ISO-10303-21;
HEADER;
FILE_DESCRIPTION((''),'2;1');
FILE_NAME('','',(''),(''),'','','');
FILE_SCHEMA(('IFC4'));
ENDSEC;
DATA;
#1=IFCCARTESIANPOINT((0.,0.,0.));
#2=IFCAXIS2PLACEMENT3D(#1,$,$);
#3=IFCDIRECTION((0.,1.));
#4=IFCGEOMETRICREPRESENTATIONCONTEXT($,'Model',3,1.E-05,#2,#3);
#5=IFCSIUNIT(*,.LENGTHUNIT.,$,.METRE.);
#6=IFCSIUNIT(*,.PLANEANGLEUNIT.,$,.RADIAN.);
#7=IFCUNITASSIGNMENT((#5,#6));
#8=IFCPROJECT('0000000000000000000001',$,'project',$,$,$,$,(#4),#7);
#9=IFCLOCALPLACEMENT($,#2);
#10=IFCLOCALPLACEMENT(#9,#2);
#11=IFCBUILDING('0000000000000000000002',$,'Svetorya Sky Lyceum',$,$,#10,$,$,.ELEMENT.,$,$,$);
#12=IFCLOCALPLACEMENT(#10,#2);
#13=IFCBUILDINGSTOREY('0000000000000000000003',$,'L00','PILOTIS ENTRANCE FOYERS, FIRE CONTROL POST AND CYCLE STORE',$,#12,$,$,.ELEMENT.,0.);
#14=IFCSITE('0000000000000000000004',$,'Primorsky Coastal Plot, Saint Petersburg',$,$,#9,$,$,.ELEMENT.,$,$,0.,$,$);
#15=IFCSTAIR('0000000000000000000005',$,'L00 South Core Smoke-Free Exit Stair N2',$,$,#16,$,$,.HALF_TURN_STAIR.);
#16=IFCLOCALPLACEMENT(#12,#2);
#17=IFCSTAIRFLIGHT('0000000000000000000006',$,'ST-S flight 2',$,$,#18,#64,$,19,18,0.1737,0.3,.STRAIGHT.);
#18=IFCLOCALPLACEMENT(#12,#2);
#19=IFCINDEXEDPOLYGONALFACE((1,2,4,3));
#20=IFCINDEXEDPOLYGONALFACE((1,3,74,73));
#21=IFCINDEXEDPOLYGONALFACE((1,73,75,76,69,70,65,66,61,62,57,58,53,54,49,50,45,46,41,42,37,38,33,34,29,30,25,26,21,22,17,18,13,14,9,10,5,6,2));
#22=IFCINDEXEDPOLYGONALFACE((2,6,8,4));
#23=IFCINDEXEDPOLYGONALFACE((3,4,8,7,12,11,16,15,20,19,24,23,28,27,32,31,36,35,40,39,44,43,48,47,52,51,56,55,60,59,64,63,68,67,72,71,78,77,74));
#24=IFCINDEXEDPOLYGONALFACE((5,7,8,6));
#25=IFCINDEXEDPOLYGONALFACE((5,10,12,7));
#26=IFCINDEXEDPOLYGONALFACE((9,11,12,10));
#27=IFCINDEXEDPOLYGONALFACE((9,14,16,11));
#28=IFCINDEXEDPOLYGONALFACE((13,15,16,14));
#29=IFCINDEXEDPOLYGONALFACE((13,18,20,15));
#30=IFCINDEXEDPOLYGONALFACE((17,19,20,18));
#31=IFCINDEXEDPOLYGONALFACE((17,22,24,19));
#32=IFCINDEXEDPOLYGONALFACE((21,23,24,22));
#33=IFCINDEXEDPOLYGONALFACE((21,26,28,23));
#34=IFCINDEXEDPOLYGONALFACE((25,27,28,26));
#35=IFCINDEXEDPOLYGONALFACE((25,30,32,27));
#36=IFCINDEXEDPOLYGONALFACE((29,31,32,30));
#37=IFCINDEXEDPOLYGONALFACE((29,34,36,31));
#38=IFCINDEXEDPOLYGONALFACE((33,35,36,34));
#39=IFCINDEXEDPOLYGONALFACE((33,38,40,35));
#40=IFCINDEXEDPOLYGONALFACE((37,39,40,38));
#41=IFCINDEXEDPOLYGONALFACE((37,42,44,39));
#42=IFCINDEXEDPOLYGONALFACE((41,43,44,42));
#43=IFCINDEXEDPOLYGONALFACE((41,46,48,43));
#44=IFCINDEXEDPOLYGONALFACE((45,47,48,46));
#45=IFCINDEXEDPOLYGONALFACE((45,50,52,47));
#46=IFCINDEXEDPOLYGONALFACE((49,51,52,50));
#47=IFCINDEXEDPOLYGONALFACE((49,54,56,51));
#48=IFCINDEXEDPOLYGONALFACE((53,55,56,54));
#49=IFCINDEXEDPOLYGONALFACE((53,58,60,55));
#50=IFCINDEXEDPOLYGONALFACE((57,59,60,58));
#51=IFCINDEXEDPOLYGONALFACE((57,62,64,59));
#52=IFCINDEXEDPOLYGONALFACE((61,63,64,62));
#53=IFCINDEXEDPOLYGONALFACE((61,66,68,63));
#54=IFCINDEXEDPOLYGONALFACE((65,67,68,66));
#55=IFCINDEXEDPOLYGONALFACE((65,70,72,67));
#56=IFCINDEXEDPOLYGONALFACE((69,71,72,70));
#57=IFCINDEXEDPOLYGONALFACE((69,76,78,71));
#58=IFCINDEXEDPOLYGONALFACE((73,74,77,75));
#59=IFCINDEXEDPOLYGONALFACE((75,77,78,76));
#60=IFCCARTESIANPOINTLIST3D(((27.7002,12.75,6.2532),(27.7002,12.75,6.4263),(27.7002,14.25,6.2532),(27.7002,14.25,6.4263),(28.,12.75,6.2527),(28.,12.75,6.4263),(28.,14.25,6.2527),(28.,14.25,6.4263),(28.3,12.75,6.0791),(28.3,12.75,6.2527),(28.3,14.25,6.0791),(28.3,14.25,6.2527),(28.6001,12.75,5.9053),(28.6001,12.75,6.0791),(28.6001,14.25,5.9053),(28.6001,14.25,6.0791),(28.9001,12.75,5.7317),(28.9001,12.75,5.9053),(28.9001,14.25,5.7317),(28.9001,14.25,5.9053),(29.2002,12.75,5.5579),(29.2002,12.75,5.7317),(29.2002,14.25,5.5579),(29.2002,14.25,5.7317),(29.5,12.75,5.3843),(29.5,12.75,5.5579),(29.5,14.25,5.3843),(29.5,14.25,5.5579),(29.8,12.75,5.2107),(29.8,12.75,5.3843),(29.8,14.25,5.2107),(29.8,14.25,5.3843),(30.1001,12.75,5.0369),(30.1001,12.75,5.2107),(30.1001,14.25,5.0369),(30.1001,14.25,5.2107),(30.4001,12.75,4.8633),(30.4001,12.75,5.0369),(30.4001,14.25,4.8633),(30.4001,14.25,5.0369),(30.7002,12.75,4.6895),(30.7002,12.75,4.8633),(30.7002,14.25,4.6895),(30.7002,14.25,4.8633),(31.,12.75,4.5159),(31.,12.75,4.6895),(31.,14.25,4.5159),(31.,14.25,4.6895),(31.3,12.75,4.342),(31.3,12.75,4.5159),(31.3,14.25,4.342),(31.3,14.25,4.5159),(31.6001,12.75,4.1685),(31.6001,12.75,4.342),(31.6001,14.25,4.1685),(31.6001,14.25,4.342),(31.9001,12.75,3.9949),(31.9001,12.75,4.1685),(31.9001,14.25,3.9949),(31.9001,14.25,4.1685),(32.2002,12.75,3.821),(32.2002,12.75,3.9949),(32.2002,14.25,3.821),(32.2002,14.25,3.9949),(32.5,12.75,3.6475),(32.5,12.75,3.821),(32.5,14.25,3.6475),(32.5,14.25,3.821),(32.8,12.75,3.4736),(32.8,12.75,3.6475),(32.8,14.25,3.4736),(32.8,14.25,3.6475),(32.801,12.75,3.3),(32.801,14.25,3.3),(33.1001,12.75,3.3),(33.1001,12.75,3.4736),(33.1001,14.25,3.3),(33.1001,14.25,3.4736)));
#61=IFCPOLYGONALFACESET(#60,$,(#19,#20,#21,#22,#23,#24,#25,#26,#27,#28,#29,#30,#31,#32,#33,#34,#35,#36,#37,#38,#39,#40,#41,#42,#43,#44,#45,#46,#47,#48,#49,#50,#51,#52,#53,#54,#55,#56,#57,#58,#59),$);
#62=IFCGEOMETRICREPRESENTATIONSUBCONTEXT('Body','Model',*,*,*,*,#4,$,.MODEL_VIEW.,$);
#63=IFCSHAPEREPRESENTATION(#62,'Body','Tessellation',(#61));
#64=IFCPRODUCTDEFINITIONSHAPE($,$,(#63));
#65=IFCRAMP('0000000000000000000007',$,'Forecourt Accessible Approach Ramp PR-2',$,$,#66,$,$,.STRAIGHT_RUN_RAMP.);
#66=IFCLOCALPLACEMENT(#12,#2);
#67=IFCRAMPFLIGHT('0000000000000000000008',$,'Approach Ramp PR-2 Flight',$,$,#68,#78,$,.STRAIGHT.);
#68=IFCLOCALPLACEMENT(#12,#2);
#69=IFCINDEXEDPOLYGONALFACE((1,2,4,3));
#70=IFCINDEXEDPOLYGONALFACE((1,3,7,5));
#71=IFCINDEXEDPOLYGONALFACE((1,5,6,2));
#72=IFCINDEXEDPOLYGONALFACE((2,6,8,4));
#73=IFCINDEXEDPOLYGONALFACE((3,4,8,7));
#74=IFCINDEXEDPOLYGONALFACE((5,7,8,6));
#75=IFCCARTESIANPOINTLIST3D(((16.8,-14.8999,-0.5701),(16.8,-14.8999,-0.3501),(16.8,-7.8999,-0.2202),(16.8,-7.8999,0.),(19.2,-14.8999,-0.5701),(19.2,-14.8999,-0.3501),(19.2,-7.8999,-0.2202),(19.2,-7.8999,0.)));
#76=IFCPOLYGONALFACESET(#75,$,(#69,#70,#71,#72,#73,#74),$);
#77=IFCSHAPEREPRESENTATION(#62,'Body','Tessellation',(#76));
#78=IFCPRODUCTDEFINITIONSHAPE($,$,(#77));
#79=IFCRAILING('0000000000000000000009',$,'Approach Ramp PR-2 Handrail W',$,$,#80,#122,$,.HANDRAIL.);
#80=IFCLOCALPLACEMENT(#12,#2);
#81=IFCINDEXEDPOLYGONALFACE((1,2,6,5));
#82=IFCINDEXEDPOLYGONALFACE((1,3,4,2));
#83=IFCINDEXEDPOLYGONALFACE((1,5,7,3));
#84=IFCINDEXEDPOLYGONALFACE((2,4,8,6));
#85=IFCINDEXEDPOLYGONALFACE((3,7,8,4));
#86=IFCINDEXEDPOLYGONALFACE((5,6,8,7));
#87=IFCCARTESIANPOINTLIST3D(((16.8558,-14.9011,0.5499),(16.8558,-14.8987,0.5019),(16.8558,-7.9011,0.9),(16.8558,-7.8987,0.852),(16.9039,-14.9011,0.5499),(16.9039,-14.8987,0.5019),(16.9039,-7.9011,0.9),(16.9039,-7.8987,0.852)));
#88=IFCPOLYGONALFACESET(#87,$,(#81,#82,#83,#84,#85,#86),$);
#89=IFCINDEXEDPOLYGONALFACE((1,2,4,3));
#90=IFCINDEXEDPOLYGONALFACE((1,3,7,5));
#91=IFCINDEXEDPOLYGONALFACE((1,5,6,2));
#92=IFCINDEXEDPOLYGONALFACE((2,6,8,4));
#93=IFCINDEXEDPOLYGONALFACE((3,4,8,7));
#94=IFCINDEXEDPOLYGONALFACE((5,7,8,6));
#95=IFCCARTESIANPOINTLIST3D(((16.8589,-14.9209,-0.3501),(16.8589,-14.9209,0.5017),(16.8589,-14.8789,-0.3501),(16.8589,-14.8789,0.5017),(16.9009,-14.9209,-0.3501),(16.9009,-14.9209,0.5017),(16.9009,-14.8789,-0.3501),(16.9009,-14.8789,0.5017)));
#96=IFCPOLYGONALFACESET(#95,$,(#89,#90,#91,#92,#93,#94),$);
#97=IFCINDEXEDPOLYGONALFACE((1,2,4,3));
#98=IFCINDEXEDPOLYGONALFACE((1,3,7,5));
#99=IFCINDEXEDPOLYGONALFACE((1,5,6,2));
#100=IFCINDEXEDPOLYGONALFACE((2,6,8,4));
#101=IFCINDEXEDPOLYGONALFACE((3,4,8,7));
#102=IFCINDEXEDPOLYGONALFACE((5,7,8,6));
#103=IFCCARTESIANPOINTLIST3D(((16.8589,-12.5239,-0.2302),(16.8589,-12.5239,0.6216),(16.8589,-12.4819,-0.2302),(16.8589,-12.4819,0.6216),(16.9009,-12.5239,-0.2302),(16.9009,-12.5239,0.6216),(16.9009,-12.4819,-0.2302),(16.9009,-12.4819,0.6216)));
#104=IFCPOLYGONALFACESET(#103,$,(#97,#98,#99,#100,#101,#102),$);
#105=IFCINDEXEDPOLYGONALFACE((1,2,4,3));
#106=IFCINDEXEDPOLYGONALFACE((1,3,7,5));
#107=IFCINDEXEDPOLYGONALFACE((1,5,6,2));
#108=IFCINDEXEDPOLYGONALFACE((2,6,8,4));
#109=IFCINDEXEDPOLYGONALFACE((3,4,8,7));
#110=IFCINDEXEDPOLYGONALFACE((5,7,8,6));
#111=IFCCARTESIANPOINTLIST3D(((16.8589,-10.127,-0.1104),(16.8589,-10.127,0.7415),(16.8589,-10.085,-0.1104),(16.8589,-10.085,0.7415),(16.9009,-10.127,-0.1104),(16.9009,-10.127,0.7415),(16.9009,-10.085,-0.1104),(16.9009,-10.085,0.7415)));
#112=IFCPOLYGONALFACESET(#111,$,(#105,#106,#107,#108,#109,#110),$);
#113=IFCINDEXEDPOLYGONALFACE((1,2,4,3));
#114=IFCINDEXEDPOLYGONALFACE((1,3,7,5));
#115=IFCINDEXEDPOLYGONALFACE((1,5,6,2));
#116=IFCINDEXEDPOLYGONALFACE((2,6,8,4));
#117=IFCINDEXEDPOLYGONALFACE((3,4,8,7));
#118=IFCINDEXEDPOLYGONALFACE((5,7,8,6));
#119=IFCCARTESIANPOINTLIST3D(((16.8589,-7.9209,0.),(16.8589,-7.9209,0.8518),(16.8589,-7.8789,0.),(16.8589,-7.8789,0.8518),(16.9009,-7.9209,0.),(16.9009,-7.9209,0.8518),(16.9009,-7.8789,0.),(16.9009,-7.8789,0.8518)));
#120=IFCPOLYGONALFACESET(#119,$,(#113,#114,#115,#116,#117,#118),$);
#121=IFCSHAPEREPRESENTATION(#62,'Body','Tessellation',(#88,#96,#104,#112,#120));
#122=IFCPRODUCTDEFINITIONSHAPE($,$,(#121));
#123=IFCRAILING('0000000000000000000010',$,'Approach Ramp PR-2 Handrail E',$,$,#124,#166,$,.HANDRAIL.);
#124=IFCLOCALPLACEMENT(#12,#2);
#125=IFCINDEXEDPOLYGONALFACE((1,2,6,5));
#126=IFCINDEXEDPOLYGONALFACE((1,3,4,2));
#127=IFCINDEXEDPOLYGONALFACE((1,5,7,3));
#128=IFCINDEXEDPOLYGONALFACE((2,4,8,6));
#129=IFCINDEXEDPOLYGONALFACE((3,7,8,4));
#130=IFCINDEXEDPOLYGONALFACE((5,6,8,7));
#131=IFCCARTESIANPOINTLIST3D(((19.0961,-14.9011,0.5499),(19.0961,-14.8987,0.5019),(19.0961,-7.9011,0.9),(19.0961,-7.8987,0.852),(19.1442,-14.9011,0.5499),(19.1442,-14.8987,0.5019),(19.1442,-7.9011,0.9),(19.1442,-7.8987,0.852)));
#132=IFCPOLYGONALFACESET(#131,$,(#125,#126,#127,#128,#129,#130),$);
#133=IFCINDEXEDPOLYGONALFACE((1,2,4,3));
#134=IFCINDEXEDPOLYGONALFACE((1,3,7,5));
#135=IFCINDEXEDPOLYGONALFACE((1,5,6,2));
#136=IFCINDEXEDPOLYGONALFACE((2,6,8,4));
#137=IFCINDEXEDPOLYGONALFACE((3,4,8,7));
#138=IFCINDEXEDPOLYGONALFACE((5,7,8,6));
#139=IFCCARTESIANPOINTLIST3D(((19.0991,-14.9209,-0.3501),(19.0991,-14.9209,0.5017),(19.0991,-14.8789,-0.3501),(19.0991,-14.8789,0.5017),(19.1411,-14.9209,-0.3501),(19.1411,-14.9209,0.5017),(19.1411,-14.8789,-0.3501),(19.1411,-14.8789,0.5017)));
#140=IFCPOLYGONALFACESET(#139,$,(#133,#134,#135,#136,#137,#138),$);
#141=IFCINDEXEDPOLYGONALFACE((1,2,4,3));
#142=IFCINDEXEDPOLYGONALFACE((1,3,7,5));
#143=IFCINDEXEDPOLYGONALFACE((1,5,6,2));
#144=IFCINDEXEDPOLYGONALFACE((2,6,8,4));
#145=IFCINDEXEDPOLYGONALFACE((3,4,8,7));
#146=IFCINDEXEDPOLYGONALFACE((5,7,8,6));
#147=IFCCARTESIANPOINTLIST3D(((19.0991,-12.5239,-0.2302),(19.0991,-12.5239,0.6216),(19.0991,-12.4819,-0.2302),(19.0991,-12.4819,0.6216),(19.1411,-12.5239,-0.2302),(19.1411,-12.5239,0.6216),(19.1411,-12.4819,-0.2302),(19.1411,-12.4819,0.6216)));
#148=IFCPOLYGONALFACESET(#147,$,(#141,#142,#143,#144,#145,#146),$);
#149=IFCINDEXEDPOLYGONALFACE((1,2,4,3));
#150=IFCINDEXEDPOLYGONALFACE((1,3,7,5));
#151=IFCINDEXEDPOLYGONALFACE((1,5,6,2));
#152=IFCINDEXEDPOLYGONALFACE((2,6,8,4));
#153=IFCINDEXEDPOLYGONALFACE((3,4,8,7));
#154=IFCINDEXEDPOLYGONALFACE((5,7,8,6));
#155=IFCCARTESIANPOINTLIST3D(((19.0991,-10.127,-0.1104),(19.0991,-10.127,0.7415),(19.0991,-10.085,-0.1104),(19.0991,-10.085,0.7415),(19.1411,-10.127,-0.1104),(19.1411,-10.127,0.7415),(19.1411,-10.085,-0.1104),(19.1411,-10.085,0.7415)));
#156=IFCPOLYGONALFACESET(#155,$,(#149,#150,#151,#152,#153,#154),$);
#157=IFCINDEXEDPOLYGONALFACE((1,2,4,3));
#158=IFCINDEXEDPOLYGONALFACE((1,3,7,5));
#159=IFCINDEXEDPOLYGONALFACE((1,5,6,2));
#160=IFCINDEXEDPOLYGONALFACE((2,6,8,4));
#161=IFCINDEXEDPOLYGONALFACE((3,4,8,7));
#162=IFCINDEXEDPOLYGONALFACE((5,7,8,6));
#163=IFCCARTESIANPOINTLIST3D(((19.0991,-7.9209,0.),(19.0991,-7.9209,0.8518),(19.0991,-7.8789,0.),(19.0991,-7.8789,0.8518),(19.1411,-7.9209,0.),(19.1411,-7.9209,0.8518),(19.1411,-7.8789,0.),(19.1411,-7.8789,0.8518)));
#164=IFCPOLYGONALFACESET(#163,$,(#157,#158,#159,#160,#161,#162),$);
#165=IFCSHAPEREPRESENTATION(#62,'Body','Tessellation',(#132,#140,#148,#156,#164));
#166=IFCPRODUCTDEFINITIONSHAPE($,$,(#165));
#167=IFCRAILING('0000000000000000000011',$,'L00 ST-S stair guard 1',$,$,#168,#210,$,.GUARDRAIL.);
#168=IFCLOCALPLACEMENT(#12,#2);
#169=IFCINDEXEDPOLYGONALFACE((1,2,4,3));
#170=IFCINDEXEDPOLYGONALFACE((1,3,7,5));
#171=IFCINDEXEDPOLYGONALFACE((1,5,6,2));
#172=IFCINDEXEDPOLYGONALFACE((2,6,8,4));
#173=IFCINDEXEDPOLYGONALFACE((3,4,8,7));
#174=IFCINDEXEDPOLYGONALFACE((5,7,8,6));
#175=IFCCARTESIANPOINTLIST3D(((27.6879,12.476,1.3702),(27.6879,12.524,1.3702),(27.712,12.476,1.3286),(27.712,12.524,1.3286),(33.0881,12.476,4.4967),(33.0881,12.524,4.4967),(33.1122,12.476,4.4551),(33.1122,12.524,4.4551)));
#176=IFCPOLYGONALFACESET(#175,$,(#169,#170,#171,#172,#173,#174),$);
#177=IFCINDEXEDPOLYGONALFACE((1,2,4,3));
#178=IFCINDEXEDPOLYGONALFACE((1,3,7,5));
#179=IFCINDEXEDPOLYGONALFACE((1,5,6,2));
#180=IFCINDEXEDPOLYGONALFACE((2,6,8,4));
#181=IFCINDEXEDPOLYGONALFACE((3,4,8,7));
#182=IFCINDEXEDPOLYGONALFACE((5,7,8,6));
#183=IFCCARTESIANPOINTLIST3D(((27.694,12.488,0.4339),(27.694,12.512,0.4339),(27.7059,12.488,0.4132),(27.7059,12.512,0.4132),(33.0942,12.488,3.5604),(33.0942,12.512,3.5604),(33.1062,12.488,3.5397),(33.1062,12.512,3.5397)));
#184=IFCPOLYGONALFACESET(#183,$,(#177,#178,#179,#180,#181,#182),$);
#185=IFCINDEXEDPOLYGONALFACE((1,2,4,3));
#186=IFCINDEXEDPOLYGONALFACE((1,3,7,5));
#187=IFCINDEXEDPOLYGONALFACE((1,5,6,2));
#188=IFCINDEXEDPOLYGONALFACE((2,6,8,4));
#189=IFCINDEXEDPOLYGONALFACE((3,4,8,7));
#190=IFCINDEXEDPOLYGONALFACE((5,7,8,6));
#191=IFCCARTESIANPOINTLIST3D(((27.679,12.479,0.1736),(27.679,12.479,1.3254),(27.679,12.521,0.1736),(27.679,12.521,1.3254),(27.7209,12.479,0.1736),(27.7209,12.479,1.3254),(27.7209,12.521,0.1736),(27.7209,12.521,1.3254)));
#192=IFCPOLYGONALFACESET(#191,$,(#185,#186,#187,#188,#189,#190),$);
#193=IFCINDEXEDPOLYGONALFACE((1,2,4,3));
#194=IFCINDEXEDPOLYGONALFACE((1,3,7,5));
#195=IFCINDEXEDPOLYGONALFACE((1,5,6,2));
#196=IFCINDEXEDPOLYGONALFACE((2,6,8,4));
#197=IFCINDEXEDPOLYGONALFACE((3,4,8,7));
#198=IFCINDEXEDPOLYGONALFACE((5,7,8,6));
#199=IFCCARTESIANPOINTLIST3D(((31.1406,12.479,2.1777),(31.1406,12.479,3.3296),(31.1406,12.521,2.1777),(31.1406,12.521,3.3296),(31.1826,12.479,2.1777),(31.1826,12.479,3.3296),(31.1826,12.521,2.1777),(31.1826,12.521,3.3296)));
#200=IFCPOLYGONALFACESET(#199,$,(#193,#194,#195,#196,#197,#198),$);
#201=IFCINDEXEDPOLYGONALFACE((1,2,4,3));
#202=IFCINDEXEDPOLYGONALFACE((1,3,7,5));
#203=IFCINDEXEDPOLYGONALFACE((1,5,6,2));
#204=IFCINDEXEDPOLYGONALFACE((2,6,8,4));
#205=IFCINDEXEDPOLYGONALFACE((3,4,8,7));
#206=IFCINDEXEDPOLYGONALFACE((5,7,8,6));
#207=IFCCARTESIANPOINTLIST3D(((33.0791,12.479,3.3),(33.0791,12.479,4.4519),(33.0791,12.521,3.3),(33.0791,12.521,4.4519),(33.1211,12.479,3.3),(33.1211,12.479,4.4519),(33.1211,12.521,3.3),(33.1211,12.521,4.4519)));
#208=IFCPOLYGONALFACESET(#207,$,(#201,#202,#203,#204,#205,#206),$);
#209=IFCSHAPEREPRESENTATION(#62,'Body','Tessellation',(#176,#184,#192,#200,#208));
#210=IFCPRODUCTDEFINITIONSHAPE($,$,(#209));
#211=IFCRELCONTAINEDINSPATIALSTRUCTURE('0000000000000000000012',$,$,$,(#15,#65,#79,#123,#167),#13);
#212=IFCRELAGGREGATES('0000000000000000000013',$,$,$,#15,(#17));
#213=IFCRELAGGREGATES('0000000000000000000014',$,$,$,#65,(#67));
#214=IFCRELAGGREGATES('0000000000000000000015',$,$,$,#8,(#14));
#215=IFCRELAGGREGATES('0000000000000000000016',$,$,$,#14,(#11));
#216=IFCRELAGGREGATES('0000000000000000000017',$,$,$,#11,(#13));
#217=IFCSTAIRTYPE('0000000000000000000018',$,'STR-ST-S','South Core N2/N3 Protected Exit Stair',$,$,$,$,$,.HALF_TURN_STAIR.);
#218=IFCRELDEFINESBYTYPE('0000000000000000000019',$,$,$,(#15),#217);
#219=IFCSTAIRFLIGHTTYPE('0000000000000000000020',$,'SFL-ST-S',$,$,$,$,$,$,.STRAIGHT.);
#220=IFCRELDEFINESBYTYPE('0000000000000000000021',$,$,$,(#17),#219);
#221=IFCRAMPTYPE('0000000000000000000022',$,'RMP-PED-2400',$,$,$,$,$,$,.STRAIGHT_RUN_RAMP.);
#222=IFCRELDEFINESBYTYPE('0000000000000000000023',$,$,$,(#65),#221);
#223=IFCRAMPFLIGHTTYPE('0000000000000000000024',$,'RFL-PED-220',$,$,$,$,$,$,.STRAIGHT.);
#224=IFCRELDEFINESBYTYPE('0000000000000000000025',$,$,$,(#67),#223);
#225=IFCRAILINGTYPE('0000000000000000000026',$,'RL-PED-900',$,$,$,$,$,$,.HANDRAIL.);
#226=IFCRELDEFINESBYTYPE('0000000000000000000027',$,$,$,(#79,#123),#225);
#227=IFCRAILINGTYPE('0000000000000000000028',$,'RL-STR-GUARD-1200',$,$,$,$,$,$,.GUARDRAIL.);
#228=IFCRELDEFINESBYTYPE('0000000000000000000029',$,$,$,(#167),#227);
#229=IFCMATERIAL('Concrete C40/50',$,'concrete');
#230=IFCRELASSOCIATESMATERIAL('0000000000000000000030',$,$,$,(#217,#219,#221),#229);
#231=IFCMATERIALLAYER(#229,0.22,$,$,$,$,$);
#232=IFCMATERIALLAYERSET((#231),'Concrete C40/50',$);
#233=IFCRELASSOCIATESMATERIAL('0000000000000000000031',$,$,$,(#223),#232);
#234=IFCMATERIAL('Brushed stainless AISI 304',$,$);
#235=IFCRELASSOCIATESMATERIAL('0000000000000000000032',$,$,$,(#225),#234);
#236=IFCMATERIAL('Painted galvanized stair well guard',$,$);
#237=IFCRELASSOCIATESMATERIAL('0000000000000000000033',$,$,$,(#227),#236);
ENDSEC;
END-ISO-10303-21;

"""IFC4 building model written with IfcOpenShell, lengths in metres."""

from ifc_helpers import new_model, si_unit, direction, frame, origin, origin_2d, place, context, subcontext, project, spatial, polyline, rectangle, outline, extrude, material, layer, layer_set, type_object, element, aggregate, save


model = new_model("IFC4")

# Units and contexts
model_context = context("Model", 3, precision=1e-05, world=origin(), true_north=direction((0.0, 1.0)))
body_context = subcontext(model_context, "Body", "Model", "MODEL_VIEW")
ifc_project = project(units=[si_unit("LENGTHUNIT", "METRE"), si_unit("PLANEANGLEUNIT", "RADIAN")], contexts=[model_context])

# Site, building, storey
site_placement = place(None, origin())
site = spatial("IfcSite", under=ifc_project, at=site_placement, Name="Primorsky Coastal Plot, Saint Petersburg", CompositionType="ELEMENT", RefElevation=0.0)
building_placement = place(site_placement, origin())
building = spatial("IfcBuilding", under=site, at=building_placement, Name="Svetorya Sky Lyceum", CompositionType="ELEMENT")
storey_placement = place(building_placement, origin())
storey = spatial("IfcBuildingStorey", under=building, at=storey_placement, Name="L00", Description="PILOTIS ENTRANCE FOYERS, FIRE CONTROL POST AND CYCLE STORE", CompositionType="ELEMENT", Elevation=0.0)

# Shared definitions
ifc_material_1 = material(Name="Concrete C40/50", Category="concrete")

# Stair, stair flight
stair_type = type_object("IfcStairType", Name="STR-ST-S", Description="South Core N2/N3 Protected Exit Stair", PredefinedType="HALF_TURN_STAIR", material=ifc_material_1)
stair_placement = place(storey_placement, origin())
stair = element("IfcStair", 1, at=stair_placement, inside=storey, type_object=stair_type, Name="L00 South Core Smoke-Free Exit Stair N2", PredefinedType="HALF_TURN_STAIR")
stair_flight_type = type_object("IfcStairFlightType", Name="SFL-ST-S", PredefinedType="STRAIGHT", material=ifc_material_1)
stair_flight_1_placement = place(storey_placement, frame((33.1001, 13.5, 3.3), z_axis=(0.0, 0.0, 1.0), x_axis=(-1.0, 0.0, 0.0)))
stair_flight_1 = element("IfcStairFlight", 2, at=stair_flight_1_placement, type_object=stair_flight_type, Name="ST-S flight 2", NumberOfRisers=19, NumberOfTreads=18, PredefinedType="STRAIGHT", RiserHeight=0.1737, TreadLength=0.3, context=body_context, shape_type="SweptSolid", body=[
    extrude(outline(polyline([(0.0, 0.0), (0.0, 0.1736), (0.3, 0.1736), (0.3, 0.3474), (0.6001, 0.3474), (0.6001, 0.521), (0.8999, 0.521), (0.8999, 0.6948), (1.2, 0.6948), (1.2, 0.8684), (1.5, 0.8684), (1.5, 1.042), (1.8, 1.042), (1.8, 1.2158), (2.1001, 1.2158), (2.1001, 1.3894), (2.3999, 1.3894), (2.3999, 1.5632), (2.7, 1.5632), (2.7, 1.7368), (3.0, 1.7368), (3.0, 1.9106), (3.3, 1.9106), (3.3, 2.0842), (3.6001, 2.0842), (3.6001, 2.2578), (3.8999, 2.2578), (3.8999, 2.4316), (4.2, 2.4316), (4.2, 2.6052), (4.5, 2.6052), (4.5, 2.7791), (4.8, 2.7791), (4.8, 2.9526), (5.1001, 2.9526), (5.1001, 3.1262), (5.3999, 3.1262), (5.3999, 3.3), (5.3999, 2.9531), (0.2991, 0.0), (0.0, 0.0)])), frame((0.0, 0.75, 0.0), z_axis=(0.0, -1.0, 0.0), x_axis=(1.0, 0.0, 0.0)), (0.0, 0.0, 1.0), 1.5),
])
aggregate(stair, [stair_flight_1])

# Ramp, ramp flight
ramp_type = type_object("IfcRampType", Name="RMP-PED-2400", PredefinedType="STRAIGHT_RUN_RAMP", material=ifc_material_1)
ramp_placement = place(storey_placement, origin())
ramp = element("IfcRamp", 3, at=ramp_placement, inside=storey, type_object=ramp_type, Name="Forecourt Accessible Approach Ramp PR-2", PredefinedType="STRAIGHT_RUN_RAMP")
ifc_layer_1 = layer(ifc_material_1, 0.22)
ifc_layer_set_1 = layer_set([ifc_layer_1], Name="Concrete C40/50")
ramp_flight_type = type_object("IfcRampFlightType", Name="RFL-PED-220", PredefinedType="STRAIGHT", material=ifc_layer_set_1)
ramp_flight_placement = place(storey_placement, frame((16.8, -14.8999, -0.3501), z_axis=(1.0, 0.0, 0.0), x_axis=(0.0, 1.0, 0.0)))
ramp_flight = element("IfcRampFlight", 4, at=ramp_flight_placement, type_object=ramp_flight_type, Name="Approach Ramp PR-2 Flight", PredefinedType="STRAIGHT", context=body_context, shape_type="SweptSolid", body=[
    extrude(outline(polyline([(0.0, -0.22), (7.0, 0.1299), (7.0, 0.3501), (0.0, 0.0), (0.0, -0.22)])), origin(), (0.0, 0.0, 1.0), 2.3999),
])
aggregate(ramp, [ramp_flight])

# Railings
ifc_material_2 = material(Name="Brushed stainless AISI 304")
railing_type_1 = type_object("IfcRailingType", Name="RL-PED-900", PredefinedType="HANDRAIL", material=ifc_material_2)
for number, where, name in (
    (5, (16.8799, -14.8999, -0.3501), "Approach Ramp PR-2 Handrail W"),
    (6, (19.1201, -14.8999, -0.3501), "Approach Ramp PR-2 Handrail E"),
):
    element("IfcRailing", number, at=place(storey_placement, frame(where)), inside=storey, type_object=railing_type_1, Name=name, PredefinedType="HANDRAIL", context=body_context, shape_type="SweptSolid", body=[
        extrude(rectangle(XDim=0.0481, YDim=0.0481, at=origin_2d()), frame((0.0, 0.0, 0.876), z_axis=(0.0, 0.998752, 0.049952), x_axis=(-1.0, 0.0, 0.0)), (0.0, 0.0, 1.0), 7.0088),
        extrude(rectangle(XDim=0.042, YDim=0.042, at=origin_2d()), origin(), (0.0, 0.0, 1.0), 0.8518),
        extrude(rectangle(XDim=0.042, YDim=0.042, at=origin_2d()), frame((0.0, 2.397, 0.1199)), (0.0, 0.0, 1.0), 0.8518),
        extrude(rectangle(XDim=0.042, YDim=0.042, at=origin_2d()), frame((0.0, 4.7939, 0.2397)), (0.0, 0.0, 1.0), 0.8518),
        extrude(rectangle(XDim=0.042, YDim=0.042, at=origin_2d()), frame((0.0, 7.0, 0.3501)), (0.0, 0.0, 1.0), 0.8518),
    ])
ifc_material_3 = material(Name="Painted galvanized stair well guard")
railing_type_2 = type_object("IfcRailingType", Name="RL-STR-GUARD-1200", PredefinedType="GUARDRAIL", material=ifc_material_3)
railing_1_placement = place(storey_placement, frame((27.7, 12.5, 0.1736)))
element("IfcRailing", 7, at=railing_1_placement, inside=storey, type_object=railing_type_2, Name="L00 ST-S stair guard 1", PredefinedType="GUARDRAIL", context=body_context, shape_type="SweptSolid", body=[
    extrude(rectangle(XDim=0.0481, YDim=0.0481, at=origin_2d()), frame((0.0, 0.0, 1.1758), z_axis=(0.865422, 0.0, 0.501044), x_axis=(0.0, 1.0, 0.0)), (0.0, 0.0, 1.0), 6.24),
    extrude(rectangle(XDim=0.0239, YDim=0.0239, at=origin_2d()), frame((0.0, 0.0, 0.25), z_axis=(0.865422, 0.0, 0.501044), x_axis=(0.0, 1.0, 0.0)), (0.0, 0.0, 1.0), 6.24),
    extrude(rectangle(XDim=0.042, YDim=0.042, at=origin_2d()), origin(), (0.0, 0.0, 1.0), 1.1519),
    extrude(rectangle(XDim=0.042, YDim=0.042, at=origin_2d()), frame((3.4617, 0.0, 2.0042)), (0.0, 0.0, 1.0), 1.1519),
    extrude(rectangle(XDim=0.042, YDim=0.042, at=origin_2d()), frame((5.4001, 0.0, 3.1265)), (0.0, 0.0, 1.0), 1.1519),
])

save(model, "model.ifc")
